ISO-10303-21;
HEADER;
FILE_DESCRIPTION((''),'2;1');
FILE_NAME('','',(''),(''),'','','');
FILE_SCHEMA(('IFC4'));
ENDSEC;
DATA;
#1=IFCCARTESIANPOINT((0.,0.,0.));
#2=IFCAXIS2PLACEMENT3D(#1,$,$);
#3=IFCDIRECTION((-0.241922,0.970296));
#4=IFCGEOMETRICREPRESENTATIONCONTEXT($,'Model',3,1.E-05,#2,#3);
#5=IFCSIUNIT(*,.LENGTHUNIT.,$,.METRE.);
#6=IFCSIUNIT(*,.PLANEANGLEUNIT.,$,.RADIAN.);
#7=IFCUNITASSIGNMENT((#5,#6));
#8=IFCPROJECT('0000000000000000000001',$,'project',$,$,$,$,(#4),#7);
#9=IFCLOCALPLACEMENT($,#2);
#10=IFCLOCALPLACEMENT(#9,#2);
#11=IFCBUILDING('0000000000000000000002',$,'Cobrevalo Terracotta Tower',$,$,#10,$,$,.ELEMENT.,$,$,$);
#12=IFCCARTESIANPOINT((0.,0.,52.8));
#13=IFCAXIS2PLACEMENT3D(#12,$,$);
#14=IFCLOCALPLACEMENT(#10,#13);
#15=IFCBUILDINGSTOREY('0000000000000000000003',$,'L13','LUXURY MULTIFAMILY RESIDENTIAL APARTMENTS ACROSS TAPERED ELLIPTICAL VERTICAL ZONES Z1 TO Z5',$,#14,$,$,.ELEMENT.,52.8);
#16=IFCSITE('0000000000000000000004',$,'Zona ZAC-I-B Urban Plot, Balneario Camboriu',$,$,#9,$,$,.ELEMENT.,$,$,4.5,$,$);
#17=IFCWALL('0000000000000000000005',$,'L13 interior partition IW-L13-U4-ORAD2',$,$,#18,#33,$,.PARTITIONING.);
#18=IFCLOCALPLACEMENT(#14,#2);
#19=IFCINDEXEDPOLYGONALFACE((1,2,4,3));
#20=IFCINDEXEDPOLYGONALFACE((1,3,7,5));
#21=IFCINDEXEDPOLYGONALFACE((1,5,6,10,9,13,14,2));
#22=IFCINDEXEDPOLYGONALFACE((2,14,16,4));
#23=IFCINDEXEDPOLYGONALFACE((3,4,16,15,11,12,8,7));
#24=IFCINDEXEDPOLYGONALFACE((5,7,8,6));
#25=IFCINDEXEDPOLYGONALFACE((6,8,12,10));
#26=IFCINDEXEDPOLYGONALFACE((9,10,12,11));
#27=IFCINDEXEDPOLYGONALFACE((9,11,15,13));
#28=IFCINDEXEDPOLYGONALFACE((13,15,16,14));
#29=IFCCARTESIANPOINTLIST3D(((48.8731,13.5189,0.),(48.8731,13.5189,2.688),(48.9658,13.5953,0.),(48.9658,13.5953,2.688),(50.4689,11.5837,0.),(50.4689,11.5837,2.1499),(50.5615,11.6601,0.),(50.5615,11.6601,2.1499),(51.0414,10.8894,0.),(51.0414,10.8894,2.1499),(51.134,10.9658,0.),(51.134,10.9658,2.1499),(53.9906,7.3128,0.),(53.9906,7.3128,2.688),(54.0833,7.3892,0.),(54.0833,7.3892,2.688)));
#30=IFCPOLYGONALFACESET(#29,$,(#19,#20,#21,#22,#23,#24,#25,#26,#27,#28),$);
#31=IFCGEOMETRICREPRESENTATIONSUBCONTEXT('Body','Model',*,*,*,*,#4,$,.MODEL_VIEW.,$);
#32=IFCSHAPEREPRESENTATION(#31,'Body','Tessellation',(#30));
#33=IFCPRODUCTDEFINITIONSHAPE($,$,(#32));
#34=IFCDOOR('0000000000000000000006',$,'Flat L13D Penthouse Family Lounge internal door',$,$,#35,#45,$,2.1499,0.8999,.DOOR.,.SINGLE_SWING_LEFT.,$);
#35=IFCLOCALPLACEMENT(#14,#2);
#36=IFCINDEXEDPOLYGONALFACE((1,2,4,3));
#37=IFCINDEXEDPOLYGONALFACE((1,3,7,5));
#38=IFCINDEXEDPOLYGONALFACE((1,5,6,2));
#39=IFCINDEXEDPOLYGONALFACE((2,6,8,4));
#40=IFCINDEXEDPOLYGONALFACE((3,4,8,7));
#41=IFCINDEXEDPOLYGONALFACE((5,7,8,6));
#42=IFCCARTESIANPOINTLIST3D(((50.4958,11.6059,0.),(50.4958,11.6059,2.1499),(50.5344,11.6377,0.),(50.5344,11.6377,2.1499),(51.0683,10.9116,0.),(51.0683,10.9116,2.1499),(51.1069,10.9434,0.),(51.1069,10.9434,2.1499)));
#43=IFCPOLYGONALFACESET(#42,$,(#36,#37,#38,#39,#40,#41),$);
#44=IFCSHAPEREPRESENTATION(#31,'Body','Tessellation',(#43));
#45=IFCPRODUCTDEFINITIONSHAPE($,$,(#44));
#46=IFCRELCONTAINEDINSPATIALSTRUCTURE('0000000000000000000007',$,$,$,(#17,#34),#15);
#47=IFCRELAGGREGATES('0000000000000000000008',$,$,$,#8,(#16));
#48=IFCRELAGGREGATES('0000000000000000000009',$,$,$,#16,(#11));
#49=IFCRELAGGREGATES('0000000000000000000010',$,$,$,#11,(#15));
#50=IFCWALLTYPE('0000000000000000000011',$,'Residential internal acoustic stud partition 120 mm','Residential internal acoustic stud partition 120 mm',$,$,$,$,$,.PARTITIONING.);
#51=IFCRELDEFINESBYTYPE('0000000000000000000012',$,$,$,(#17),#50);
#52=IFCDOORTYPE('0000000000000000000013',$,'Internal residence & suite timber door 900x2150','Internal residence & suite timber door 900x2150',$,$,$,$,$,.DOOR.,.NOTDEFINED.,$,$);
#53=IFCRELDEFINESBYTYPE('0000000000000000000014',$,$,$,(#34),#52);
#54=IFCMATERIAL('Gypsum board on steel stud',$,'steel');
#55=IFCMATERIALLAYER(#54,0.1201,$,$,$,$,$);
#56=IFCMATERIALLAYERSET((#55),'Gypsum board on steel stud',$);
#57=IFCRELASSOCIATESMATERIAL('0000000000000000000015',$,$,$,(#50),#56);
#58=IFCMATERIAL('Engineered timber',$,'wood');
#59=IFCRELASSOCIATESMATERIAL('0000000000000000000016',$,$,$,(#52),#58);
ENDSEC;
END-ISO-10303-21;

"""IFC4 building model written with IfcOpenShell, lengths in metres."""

from ifc_helpers import new_model, si_unit, direction, frame, frame_2d, origin, place, context, subcontext, project, spatial, rectangle, extrude, source, transform, mapped, material, layer, layer_set, type_object, element, fill, save


model = new_model("IFC4")

# Units and contexts
model_context = context("Model", 3, precision=1e-05, world=origin(), true_north=direction((-0.241922, 0.970296)))
body_context = subcontext(model_context, "Body", "Model", "MODEL_VIEW")
ifc_project = project(units=[si_unit("LENGTHUNIT", "METRE"), si_unit("PLANEANGLEUNIT", "RADIAN")], contexts=[model_context])

# Site, building, storey
site_placement = place(None, origin())
site = spatial("IfcSite", under=ifc_project, at=site_placement, Name="Zona ZAC-I-B Urban Plot, Balneario Camboriu", CompositionType="ELEMENT", RefElevation=4.5)
building_placement = place(site_placement, origin())
building = spatial("IfcBuilding", under=site, at=building_placement, Name="Cobrevalo Terracotta Tower", CompositionType="ELEMENT")
storey_placement = place(building_placement, frame((0.0, 0.0, 52.8)))
storey = spatial("IfcBuildingStorey", under=building, at=storey_placement, Name="L13", Description="LUXURY MULTIFAMILY RESIDENTIAL APARTMENTS ACROSS TAPERED ELLIPTICAL VERTICAL ZONES Z1 TO Z5", CompositionType="ELEMENT", Elevation=52.8)

# Shared definitions
ifc_material_1 = material(Name="Gypsum board on steel stud", Category="steel")
ifc_layer_1 = layer(ifc_material_1, 0.1201)
ifc_layer_set_1 = layer_set([ifc_layer_1], Name="Gypsum board on steel stud")
wall_type_1 = type_object("IfcWallType", Name="Residential internal acoustic stud partition 120 mm", Description="Residential internal acoustic stud partition 120 mm", PredefinedType="PARTITIONING", material=ifc_layer_set_1)

# Shared definitions
ifc_material_2 = material(Name="Engineered timber", Category="wood")
door_type_1 = type_object("IfcDoorType", Name="Internal residence & suite timber door 900x2150", Description="Internal residence & suite timber door 900x2150", OperationType="NOTDEFINED", PredefinedType="DOOR", material=ifc_material_2)
shared_shape_1 = source(origin(), body_context, "Body", "SweptSolid", [
    extrude(rectangle(XDim=0.8999, YDim=2.1499, at=frame_2d((0.45, 1.075))), frame((0.0, 0.0249, 0.0), z_axis=(0.0, -1.0, 0.0), x_axis=(1.0, 0.0, 0.0)), (0.0, 0.0, 1.0), 0.05),
])

# Wall, opening, door
wall_1_placement = place(storey_placement, frame((48.9194, 13.5571, 0.0), z_axis=(0.0, 0.0, 1.0), x_axis=(0.636193, -0.77153, 0.0)))
wall_1 = element("IfcWall", 1, at=wall_1_placement, inside=storey, type_object=wall_type_1, Name="L13 interior partition IW-L13-U4-ORAD2", PredefinedType="PARTITIONING", context=body_context, shape_type="SweptSolid", body=[
    extrude(rectangle(XDim=8.0439, YDim=0.1201, at=frame_2d((4.022, 0.0))), origin(), (0.0, 0.0, 1.0), 2.688),
])
opening_1_placement = place(wall_1_placement, frame((2.5083, 0.0, 0.0)))
opening_1 = element("IfcOpeningElement", 2, at=opening_1_placement, cuts=wall_1, PredefinedType="OPENING", context=body_context, shape_type="SweptSolid", body=[
    extrude(rectangle(XDim=0.8999, YDim=2.1499, at=frame_2d((0.45, 1.075))), frame((0.0, 0.0701, 0.0), z_axis=(0.0, -1.0, 0.0), x_axis=(1.0, 0.0, 0.0)), (0.0, 0.0, 1.0), 0.1401),
])
door_1_placement = place(opening_1_placement, origin())
door_1 = element("IfcDoor", 3, at=door_1_placement, inside=storey, type_object=door_type_1, Name="Flat L13D Penthouse Family Lounge internal door", OperationType="SINGLE_SWING_LEFT", OverallHeight=2.1499, OverallWidth=0.8999, PredefinedType="DOOR", context=body_context, shape_type="MappedRepresentation", body=[
    mapped(shared_shape_1, transform((0.0, 0.0, 0.0), scale=1.0)),
])
fill(opening_1, door_1)

save(model, "model.ifc")
